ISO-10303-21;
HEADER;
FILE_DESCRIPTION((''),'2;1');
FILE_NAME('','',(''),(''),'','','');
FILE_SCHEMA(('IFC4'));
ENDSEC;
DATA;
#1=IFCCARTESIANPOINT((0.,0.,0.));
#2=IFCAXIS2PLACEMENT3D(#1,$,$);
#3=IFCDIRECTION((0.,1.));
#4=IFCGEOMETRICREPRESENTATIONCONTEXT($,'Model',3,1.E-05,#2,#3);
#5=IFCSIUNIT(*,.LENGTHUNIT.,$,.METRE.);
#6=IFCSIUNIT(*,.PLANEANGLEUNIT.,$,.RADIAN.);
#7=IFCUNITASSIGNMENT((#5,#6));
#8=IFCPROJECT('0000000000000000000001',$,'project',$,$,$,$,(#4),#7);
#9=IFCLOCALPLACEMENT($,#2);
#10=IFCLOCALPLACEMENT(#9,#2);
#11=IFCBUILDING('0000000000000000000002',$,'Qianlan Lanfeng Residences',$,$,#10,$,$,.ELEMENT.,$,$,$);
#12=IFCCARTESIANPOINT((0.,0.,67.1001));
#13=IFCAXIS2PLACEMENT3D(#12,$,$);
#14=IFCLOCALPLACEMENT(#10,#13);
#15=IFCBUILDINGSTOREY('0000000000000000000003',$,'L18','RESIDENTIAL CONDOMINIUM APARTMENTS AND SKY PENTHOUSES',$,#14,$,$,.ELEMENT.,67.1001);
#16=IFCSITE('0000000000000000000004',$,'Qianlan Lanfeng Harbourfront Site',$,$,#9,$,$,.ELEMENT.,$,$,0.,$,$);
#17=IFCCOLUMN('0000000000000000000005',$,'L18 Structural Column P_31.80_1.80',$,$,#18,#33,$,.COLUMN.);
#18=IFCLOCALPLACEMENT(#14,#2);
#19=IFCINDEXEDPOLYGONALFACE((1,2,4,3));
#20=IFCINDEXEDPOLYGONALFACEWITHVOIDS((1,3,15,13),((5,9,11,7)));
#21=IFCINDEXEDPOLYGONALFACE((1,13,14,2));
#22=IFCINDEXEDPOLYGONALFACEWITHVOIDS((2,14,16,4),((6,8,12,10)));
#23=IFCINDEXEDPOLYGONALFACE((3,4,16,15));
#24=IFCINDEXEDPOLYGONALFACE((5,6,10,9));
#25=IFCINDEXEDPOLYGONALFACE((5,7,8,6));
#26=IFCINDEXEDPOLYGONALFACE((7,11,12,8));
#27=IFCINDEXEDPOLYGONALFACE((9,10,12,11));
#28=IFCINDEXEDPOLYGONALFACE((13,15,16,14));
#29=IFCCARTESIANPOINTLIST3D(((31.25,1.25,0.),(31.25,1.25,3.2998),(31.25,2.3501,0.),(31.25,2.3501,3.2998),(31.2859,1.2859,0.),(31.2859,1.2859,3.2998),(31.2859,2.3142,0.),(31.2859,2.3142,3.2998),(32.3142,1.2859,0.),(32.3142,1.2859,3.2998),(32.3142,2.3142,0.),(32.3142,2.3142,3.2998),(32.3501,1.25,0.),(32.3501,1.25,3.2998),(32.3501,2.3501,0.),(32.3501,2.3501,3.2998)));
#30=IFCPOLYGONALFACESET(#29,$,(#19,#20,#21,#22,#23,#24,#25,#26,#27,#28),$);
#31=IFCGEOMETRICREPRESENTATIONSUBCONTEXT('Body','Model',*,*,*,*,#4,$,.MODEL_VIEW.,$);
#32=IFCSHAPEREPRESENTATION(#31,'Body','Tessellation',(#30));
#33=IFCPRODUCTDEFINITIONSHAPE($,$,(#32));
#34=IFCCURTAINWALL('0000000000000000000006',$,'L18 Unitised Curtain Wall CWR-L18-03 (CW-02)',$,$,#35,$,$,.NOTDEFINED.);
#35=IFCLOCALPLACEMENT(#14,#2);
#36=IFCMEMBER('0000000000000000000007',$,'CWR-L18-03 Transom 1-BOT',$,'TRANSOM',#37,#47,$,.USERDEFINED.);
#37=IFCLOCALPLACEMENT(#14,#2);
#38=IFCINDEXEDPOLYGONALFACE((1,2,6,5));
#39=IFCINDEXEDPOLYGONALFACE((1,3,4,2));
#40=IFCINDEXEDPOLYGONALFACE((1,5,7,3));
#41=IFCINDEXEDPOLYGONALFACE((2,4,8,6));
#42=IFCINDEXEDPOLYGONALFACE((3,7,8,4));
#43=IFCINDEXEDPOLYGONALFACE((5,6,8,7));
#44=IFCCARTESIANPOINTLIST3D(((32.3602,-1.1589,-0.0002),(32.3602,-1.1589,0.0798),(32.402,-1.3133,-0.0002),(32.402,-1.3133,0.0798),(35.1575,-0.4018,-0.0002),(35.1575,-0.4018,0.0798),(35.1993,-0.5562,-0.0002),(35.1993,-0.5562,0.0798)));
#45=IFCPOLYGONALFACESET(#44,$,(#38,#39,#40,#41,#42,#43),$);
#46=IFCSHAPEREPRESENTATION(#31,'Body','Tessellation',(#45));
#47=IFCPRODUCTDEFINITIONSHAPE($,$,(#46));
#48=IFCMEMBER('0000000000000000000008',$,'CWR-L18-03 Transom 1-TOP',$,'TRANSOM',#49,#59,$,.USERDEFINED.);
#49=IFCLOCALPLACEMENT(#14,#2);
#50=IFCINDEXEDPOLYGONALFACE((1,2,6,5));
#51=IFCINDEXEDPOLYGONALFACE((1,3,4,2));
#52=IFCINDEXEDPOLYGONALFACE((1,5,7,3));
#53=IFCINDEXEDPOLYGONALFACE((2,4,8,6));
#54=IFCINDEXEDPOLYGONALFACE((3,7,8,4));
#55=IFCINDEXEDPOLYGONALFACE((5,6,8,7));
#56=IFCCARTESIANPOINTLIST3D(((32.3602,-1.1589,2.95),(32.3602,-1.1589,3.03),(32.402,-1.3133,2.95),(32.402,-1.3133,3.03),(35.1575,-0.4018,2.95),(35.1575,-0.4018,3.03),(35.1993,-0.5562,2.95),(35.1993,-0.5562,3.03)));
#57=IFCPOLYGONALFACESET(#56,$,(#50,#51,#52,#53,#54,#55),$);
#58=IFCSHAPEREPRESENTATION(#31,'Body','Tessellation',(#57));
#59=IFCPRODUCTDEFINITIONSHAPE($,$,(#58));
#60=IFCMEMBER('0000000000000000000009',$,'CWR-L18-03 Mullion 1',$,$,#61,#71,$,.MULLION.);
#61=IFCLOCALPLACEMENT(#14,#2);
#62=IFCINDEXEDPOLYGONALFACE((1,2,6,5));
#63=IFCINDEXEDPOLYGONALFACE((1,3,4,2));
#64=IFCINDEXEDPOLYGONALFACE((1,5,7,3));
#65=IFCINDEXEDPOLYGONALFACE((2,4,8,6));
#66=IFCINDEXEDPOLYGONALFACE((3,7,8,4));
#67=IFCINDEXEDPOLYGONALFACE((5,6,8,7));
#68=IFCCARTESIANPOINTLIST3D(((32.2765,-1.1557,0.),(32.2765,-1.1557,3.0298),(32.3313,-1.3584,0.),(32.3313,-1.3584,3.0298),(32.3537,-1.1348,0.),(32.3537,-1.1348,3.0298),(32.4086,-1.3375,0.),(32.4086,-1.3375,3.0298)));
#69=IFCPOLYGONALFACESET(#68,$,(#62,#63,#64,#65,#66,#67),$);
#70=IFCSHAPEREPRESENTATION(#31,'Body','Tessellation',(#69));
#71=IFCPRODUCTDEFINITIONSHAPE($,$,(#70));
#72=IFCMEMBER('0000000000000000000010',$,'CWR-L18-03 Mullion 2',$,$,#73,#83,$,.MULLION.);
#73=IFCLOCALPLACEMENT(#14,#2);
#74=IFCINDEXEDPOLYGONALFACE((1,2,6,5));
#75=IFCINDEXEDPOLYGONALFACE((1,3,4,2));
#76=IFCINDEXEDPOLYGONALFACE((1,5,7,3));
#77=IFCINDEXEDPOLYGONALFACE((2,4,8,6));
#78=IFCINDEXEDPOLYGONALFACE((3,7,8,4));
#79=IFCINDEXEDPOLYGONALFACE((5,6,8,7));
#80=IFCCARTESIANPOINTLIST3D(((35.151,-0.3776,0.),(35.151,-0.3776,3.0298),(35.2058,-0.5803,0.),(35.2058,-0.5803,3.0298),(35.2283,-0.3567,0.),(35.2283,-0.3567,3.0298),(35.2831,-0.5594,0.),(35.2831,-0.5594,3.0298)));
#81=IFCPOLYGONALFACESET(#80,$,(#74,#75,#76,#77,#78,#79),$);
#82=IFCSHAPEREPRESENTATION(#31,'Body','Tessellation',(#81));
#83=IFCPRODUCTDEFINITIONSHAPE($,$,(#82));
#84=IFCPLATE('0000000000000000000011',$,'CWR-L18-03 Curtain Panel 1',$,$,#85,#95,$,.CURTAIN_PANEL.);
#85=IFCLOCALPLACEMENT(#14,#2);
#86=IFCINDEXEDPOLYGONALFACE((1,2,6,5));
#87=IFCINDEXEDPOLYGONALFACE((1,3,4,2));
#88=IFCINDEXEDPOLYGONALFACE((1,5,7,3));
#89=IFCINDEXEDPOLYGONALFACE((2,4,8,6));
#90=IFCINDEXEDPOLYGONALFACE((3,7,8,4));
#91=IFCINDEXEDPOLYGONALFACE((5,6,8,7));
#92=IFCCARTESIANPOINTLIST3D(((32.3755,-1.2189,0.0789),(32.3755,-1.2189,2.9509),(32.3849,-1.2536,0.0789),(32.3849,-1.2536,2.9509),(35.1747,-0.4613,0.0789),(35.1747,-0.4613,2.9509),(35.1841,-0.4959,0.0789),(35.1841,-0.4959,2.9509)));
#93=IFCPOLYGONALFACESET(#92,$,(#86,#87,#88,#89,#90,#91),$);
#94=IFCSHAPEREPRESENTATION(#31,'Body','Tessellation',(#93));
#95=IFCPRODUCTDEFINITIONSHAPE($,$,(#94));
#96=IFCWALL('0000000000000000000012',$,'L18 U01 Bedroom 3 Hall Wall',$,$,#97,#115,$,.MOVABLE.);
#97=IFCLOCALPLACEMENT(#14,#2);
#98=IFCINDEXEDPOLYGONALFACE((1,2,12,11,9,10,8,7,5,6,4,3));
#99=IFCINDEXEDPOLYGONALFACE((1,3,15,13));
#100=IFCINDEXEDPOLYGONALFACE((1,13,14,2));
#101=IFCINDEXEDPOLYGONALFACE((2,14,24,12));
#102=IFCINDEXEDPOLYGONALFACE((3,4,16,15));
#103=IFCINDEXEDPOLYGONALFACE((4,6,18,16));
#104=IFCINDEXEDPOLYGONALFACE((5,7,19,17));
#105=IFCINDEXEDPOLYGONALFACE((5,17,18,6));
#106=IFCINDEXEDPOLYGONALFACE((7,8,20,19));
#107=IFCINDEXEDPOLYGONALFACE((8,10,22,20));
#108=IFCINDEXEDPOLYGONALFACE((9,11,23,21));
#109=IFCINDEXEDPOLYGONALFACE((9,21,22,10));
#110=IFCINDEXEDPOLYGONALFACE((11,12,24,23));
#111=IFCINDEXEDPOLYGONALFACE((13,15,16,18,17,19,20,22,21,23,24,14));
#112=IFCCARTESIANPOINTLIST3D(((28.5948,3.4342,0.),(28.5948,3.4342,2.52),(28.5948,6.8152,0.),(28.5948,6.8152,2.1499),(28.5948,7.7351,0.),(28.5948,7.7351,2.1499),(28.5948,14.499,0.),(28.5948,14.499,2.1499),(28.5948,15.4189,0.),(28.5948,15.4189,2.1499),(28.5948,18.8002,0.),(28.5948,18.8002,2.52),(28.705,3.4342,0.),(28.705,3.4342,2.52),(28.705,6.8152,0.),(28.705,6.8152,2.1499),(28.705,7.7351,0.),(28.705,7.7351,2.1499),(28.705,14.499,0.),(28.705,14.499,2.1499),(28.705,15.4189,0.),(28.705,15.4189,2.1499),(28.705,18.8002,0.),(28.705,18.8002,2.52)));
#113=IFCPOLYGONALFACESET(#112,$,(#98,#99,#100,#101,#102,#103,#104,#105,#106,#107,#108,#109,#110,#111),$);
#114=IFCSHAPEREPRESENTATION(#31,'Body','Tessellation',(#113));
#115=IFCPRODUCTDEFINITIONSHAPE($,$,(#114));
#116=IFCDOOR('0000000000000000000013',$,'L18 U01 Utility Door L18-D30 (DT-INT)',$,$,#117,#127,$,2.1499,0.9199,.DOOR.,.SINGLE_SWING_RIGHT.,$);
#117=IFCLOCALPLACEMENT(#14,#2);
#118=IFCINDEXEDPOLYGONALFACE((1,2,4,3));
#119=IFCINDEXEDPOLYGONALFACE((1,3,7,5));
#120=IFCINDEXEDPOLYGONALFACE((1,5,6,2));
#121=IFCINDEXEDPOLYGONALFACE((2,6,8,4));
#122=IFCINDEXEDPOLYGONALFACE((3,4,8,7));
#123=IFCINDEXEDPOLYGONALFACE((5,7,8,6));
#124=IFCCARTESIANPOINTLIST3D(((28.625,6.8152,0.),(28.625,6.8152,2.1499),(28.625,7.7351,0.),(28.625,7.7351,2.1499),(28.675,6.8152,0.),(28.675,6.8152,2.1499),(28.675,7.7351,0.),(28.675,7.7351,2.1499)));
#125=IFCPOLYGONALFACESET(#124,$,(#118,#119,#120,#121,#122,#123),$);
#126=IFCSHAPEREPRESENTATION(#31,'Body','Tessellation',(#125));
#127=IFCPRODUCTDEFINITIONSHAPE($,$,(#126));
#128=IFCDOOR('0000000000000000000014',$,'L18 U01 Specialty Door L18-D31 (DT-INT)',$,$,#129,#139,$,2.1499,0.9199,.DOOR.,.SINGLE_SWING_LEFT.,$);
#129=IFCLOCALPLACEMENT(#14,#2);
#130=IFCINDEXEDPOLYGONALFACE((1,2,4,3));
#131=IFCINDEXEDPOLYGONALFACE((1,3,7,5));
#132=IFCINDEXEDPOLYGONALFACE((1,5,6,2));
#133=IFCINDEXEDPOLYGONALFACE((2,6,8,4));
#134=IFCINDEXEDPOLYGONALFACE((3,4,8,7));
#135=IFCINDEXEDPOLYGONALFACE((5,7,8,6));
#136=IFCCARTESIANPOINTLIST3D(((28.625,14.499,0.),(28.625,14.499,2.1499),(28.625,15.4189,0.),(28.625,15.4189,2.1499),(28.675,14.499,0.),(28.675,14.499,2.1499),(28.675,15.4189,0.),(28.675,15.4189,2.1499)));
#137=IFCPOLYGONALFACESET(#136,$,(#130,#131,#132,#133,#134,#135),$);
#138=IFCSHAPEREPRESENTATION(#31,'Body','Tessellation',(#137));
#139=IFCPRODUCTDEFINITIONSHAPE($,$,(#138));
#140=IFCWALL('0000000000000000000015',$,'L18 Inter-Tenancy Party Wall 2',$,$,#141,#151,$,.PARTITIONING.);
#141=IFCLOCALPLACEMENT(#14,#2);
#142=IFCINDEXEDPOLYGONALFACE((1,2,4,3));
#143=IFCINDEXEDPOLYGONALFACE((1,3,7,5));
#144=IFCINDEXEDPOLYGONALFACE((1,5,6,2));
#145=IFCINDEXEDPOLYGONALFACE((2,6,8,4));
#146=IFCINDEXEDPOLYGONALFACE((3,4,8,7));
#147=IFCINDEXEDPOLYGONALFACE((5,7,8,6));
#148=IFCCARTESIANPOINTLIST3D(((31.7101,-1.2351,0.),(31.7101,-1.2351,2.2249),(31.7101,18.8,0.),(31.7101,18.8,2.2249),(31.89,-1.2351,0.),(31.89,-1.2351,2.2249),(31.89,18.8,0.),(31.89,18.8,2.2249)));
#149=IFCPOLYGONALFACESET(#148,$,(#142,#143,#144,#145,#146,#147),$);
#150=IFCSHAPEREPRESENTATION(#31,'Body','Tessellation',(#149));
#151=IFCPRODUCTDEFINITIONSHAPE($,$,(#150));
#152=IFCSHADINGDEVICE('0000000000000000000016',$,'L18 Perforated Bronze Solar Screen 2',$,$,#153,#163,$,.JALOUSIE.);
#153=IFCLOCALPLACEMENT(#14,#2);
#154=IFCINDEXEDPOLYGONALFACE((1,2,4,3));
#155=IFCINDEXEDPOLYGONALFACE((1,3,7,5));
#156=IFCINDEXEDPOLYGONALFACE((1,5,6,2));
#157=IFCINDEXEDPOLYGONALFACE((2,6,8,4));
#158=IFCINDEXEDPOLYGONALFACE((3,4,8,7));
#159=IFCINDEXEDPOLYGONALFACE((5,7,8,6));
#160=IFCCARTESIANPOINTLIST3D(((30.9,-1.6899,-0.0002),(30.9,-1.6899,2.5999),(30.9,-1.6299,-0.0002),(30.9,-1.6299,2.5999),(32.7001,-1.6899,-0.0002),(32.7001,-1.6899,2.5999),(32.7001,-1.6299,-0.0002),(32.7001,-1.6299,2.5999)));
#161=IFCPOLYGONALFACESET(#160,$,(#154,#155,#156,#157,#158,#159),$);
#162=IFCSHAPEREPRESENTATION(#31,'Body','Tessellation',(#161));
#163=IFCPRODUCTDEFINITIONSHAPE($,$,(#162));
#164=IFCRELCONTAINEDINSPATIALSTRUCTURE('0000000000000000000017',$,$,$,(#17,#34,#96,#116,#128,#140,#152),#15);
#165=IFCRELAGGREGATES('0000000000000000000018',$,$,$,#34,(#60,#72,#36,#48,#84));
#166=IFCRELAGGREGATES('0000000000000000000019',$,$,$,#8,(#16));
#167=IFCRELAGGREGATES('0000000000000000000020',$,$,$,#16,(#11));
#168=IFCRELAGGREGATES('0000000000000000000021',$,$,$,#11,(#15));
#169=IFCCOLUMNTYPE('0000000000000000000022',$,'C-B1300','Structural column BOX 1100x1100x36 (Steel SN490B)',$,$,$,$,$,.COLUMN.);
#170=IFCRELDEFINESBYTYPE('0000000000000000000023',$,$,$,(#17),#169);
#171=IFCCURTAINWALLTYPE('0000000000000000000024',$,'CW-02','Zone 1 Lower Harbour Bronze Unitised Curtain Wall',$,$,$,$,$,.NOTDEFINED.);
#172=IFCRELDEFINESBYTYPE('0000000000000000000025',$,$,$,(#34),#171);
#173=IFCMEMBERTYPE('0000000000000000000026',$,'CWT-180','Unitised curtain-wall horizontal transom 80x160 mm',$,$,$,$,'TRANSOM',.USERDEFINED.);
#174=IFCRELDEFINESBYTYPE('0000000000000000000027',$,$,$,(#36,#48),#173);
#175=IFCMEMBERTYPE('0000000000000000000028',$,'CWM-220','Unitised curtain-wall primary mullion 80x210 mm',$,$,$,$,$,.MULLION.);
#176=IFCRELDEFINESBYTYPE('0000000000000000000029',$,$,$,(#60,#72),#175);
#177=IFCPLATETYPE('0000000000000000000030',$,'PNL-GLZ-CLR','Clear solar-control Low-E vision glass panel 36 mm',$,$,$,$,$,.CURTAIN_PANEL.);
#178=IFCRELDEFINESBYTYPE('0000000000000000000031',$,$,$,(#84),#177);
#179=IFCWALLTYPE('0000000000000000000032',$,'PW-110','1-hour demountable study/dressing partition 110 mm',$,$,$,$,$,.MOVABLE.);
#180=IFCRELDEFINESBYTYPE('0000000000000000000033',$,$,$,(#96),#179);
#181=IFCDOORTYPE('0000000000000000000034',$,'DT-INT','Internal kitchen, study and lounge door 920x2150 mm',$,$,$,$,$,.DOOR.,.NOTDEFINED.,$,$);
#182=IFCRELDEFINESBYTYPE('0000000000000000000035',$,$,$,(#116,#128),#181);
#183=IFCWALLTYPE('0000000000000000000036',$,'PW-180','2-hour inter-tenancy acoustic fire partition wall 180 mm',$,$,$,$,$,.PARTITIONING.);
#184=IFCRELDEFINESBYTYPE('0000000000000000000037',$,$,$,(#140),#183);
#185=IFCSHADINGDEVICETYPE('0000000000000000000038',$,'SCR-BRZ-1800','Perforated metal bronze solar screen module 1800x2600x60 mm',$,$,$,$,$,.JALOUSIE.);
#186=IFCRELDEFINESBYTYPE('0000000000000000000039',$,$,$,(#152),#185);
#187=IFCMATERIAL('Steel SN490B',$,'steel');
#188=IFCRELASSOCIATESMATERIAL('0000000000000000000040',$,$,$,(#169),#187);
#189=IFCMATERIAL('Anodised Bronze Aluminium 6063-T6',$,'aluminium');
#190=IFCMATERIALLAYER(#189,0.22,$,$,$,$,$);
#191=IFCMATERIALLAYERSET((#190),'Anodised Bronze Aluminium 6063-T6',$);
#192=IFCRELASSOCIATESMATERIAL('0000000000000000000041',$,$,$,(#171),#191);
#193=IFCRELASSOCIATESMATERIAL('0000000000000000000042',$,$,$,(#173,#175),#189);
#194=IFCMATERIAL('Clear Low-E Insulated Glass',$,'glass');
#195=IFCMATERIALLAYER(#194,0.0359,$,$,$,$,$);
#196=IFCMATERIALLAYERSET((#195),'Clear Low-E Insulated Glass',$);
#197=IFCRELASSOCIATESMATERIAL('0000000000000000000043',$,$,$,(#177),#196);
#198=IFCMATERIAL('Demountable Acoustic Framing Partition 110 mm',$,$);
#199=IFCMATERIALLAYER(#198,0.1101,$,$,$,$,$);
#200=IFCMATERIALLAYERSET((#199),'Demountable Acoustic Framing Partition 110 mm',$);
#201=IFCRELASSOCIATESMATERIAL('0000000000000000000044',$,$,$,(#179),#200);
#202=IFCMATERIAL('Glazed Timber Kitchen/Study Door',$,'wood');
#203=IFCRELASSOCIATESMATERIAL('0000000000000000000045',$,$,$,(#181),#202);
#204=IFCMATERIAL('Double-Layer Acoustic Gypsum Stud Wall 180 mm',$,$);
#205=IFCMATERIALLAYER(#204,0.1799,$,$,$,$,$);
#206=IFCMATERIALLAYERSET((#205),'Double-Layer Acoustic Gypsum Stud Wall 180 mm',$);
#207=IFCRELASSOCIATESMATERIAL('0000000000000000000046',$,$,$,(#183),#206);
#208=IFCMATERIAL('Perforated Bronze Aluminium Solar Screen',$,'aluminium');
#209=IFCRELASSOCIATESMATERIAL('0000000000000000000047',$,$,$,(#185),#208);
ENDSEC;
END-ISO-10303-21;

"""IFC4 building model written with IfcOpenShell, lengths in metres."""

from ifc_helpers import new_model, si_unit, direction, frame, frame_2d, origin, origin_2d, place, context, subcontext, project, spatial, rectangle, hollow_rectangle, extrude, source, transform, mapped, material, layer, layer_set, material_profile, profile_set, type_object, element, fill, aggregate, save


model = new_model("IFC4")

# Units and contexts
model_context = context("Model", 3, precision=1e-05, world=origin(), true_north=direction((0.0, 1.0)))
body_context = subcontext(model_context, "Body", "Model", "MODEL_VIEW")
ifc_project = project(units=[si_unit("LENGTHUNIT", "METRE"), si_unit("PLANEANGLEUNIT", "RADIAN")], contexts=[model_context])

# Site, building, storey
site_placement = place(None, origin())
site = spatial("IfcSite", under=ifc_project, at=site_placement, Name="Qianlan Lanfeng Harbourfront Site", CompositionType="ELEMENT", RefElevation=0.0)
building_placement = place(site_placement, origin())
building = spatial("IfcBuilding", under=site, at=building_placement, Name="Qianlan Lanfeng Residences", CompositionType="ELEMENT")
storey_placement = place(building_placement, frame((0.0, 0.0, 67.1001)))
storey = spatial("IfcBuildingStorey", under=building, at=storey_placement, Name="L18", Description="RESIDENTIAL CONDOMINIUM APARTMENTS AND SKY PENTHOUSES", CompositionType="ELEMENT", Elevation=67.1001)

# Column
ifc_material_1 = material(Name="Steel SN490B", Category="steel")
ifc_material_profile_1 = material_profile(ifc_material_1, hollow_rectangle(XDim=1.1001, YDim=1.1001, WallThickness=0.0359, at=origin_2d()), Name="BOX 1100x1100x36")
ifc_profile_set_1 = profile_set([ifc_material_profile_1], Name="Steel SN490B")
column_type = type_object("IfcColumnType", Name="C-B1300", Description="Structural column BOX 1100x1100x36 (Steel SN490B)", PredefinedType="COLUMN", material=ifc_profile_set_1)
column_placement = place(storey_placement, frame((31.8, 1.8, 0.0), z_axis=(0.0, 0.0, 1.0), x_axis=(1.0, 0.0, 0.0)))
element("IfcColumn", 1, at=column_placement, inside=storey, type_object=column_type, Name="L18 Structural Column P_31.80_1.80", PredefinedType="COLUMN", context=body_context, shape_type="SweptSolid", body=[
    extrude(hollow_rectangle(XDim=1.1001, YDim=1.1001, WallThickness=0.0359, at=origin_2d()), origin(), (0.0, 0.0, 1.0), 3.2998),
])

# Curtain wall, members, plate
ifc_material_2 = material(Name="Anodised Bronze Aluminium 6063-T6", Category="aluminium")
ifc_layer_1 = layer(ifc_material_2, 0.22)
ifc_layer_set_1 = layer_set([ifc_layer_1], Name="Anodised Bronze Aluminium 6063-T6")
curtain_wall_type = type_object("IfcCurtainWallType", Name="CW-02", Description="Zone 1 Lower Harbour Bronze Unitised Curtain Wall", PredefinedType="NOTDEFINED", material=ifc_layer_set_1)
curtain_wall_placement = place(storey_placement, origin())
curtain_wall = element("IfcCurtainWall", 2, at=curtain_wall_placement, inside=storey, type_object=curtain_wall_type, Name="L18 Unitised Curtain Wall CWR-L18-03 (CW-02)", PredefinedType="NOTDEFINED")
ifc_material_profile_2 = material_profile(ifc_material_2, rectangle(XDim=0.0801, YDim=0.1599, at=origin_2d()), Name="ALU TRANSOM 80x160")
ifc_profile_set_2 = profile_set([ifc_material_profile_2], Name="Anodised Bronze Aluminium 6063-T6")
member_type_1 = type_object("IfcMemberType", Name="CWT-180", Description="Unitised curtain-wall horizontal transom 80x160 mm", ElementType="TRANSOM", PredefinedType="USERDEFINED", material=ifc_profile_set_2)
shared_shape_1 = source(origin(), body_context, "Body", "SweptSolid", [
    extrude(rectangle(XDim=0.0801, YDim=0.1599, at=origin_2d()), origin(), (0.0, 0.0, 1.0), 2.8979),
])
member_1_placement = place(storey_placement, frame((32.3811, -1.2361, 0.0398), z_axis=(0.965273, 0.261242, 0.0), x_axis=(0.0, 0.0, 1.0)))
member_1 = element("IfcMember", 3, at=member_1_placement, type_object=member_type_1, Name="CWR-L18-03 Transom 1-BOT", ObjectType="TRANSOM", PredefinedType="USERDEFINED", context=body_context, shape_type="MappedRepresentation", body=[
    mapped(shared_shape_1, transform((0.0, 0.0, 0.0), scale=1.0)),
])
member_2_placement = place(storey_placement, frame((32.3811, -1.2361, 2.99), z_axis=(0.965273, 0.261242, 0.0), x_axis=(0.0, 0.0, 1.0)))
member_2 = element("IfcMember", 4, at=member_2_placement, type_object=member_type_1, Name="CWR-L18-03 Transom 1-TOP", ObjectType="TRANSOM", PredefinedType="USERDEFINED", context=body_context, shape_type="MappedRepresentation", body=[
    mapped(shared_shape_1, transform((0.0, 0.0, 0.0), scale=1.0)),
])
ifc_material_profile_3 = material_profile(ifc_material_2, rectangle(XDim=0.0801, YDim=0.21, at=origin_2d()), Name="ALU MULLION 80x210")
ifc_profile_set_3 = profile_set([ifc_material_profile_3], Name="Anodised Bronze Aluminium 6063-T6")
member_type_2 = type_object("IfcMemberType", Name="CWM-220", Description="Unitised curtain-wall primary mullion 80x210 mm", PredefinedType="MULLION", material=ifc_profile_set_3)
shared_shape_2 = source(origin(), body_context, "Body", "SweptSolid", [
    extrude(rectangle(XDim=0.0801, YDim=0.21, at=origin_2d()), origin(), (0.0, 0.0, 1.0), 3.0298),
])
member_3_placement = place(storey_placement, frame((32.3425, -1.2466, 0.0), z_axis=(0.0, 0.0, 1.0), x_axis=(0.965263, 0.261281, 0.0)))
member_3 = element("IfcMember", 5, at=member_3_placement, type_object=member_type_2, Name="CWR-L18-03 Mullion 1", PredefinedType="MULLION", context=body_context, shape_type="MappedRepresentation", body=[
    mapped(shared_shape_2, transform((0.0, 0.0, 0.0), scale=1.0)),
])
member_4_placement = place(storey_placement, frame((35.217, -0.4685, 0.0), z_axis=(0.0, 0.0, 1.0), x_axis=(0.965263, 0.261281, 0.0)))
member_4 = element("IfcMember", 6, at=member_4_placement, type_object=member_type_2, Name="CWR-L18-03 Mullion 2", PredefinedType="MULLION", context=body_context, shape_type="MappedRepresentation", body=[
    mapped(shared_shape_2, transform((0.0, 0.0, 0.0), scale=1.0)),
])
ifc_material_3 = material(Name="Clear Low-E Insulated Glass", Category="glass")
ifc_layer_2 = layer(ifc_material_3, 0.0359)
ifc_layer_set_2 = layer_set([ifc_layer_2], Name="Clear Low-E Insulated Glass")
plate_type = type_object("IfcPlateType", Name="PNL-GLZ-CLR", Description="Clear solar-control Low-E vision glass panel 36 mm", PredefinedType="CURTAIN_PANEL", material=ifc_layer_set_2)
shared_shape_3 = source(origin(), body_context, "Body", "SweptSolid", [
    extrude(rectangle(XDim=2.8999, YDim=0.0359, at=origin_2d()), origin(), (0.0, 0.0, 1.0), 2.8721),
])
plate_placement = place(storey_placement, frame((33.7798, -0.8574, 0.0789), z_axis=(0.0, 0.0, 1.0), x_axis=(0.965263, 0.261281, 0.0)))
plate = element("IfcPlate", 7, at=plate_placement, type_object=plate_type, Name="CWR-L18-03 Curtain Panel 1", PredefinedType="CURTAIN_PANEL", context=body_context, shape_type="MappedRepresentation", body=[
    mapped(shared_shape_3, transform((0.0, 0.0, 0.0), scale=1.0)),
])
aggregate(curtain_wall, [member_3, member_4, member_1, member_2, plate])

# Wall, openings, doors
ifc_material_4 = material(Name="Demountable Acoustic Framing Partition 110 mm")
ifc_layer_3 = layer(ifc_material_4, 0.1101)
ifc_layer_set_3 = layer_set([ifc_layer_3], Name="Demountable Acoustic Framing Partition 110 mm")
wall_type_1 = type_object("IfcWallType", Name="PW-110", Description="1-hour demountable study/dressing partition 110 mm", PredefinedType="MOVABLE", material=ifc_layer_set_3)
wall_1_placement = place(storey_placement, frame((28.6499, 3.4341, 0.0), z_axis=(0.0, 0.0, 1.0), x_axis=(0.0, 1.0, 0.0)))
wall_1 = element("IfcWall", 8, at=wall_1_placement, inside=storey, type_object=wall_type_1, Name="L18 U01 Bedroom 3 Hall Wall", PredefinedType="MOVABLE", context=body_context, shape_type="SweptSolid", body=[
    extrude(rectangle(XDim=15.366, YDim=0.1101, at=frame_2d((7.6831, 0.0))), origin(), (0.0, 0.0, 1.0), 2.52),
])
opening_1_placement = place(wall_1_placement, frame((3.3811, 0.0, 0.0)))
opening_1 = element("IfcOpeningElement", 9, at=opening_1_placement, cuts=wall_1, PredefinedType="OPENING", context=body_context, shape_type="SweptSolid", body=[
    extrude(rectangle(XDim=0.9199, YDim=2.1499, at=frame_2d((0.46, 1.075))), frame((0.0, 0.0649, 0.0), z_axis=(0.0, -1.0, 0.0), x_axis=(1.0, 0.0, 0.0)), (0.0, 0.0, 1.0), 0.1301),
])
opening_2_placement = place(wall_1_placement, frame((11.0649, 0.0, 0.0)))
opening_2 = element("IfcOpeningElement", 10, at=opening_2_placement, cuts=wall_1, PredefinedType="OPENING", context=body_context, shape_type="SweptSolid", body=[
    extrude(rectangle(XDim=0.9199, YDim=2.1499, at=frame_2d((0.46, 1.075))), frame((0.0, 0.0649, 0.0), z_axis=(0.0, -1.0, 0.0), x_axis=(1.0, 0.0, 0.0)), (0.0, 0.0, 1.0), 0.1301),
])
ifc_material_5 = material(Name="Glazed Timber Kitchen/Study Door", Category="wood")
door_type = type_object("IfcDoorType", Name="DT-INT", Description="Internal kitchen, study and lounge door 920x2150 mm", OperationType="NOTDEFINED", PredefinedType="DOOR", material=ifc_material_5)
door_1_placement = place(opening_1_placement, origin())
door_1 = element("IfcDoor", 11, at=door_1_placement, inside=storey, type_object=door_type, Name="L18 U01 Utility Door L18-D30 (DT-INT)", OperationType="SINGLE_SWING_RIGHT", OverallHeight=2.1499, OverallWidth=0.9199, PredefinedType="DOOR", context=body_context, shape_type="SweptSolid", body=[
    extrude(rectangle(XDim=0.9199, YDim=2.1499, at=frame_2d((0.46, 1.075))), frame((0.0, 0.0249, 0.0), z_axis=(0.0, -1.0, 0.0), x_axis=(1.0, 0.0, 0.0)), (0.0, 0.0, 1.0), 0.05),
])
fill(opening_1, door_1)
door_2_placement = place(opening_2_placement, origin())
door_2 = element("IfcDoor", 12, at=door_2_placement, inside=storey, type_object=door_type, Name="L18 U01 Specialty Door L18-D31 (DT-INT)", OperationType="SINGLE_SWING_LEFT", OverallHeight=2.1499, OverallWidth=0.9199, PredefinedType="DOOR", context=body_context, shape_type="SweptSolid", body=[
    extrude(rectangle(XDim=0.9199, YDim=2.1499, at=frame_2d((0.46, 1.075))), frame((0.0, 0.0249, 0.0), z_axis=(0.0, -1.0, 0.0), x_axis=(1.0, 0.0, 0.0)), (0.0, 0.0, 1.0), 0.05),
])
fill(opening_2, door_2)

# Wall
ifc_material_6 = material(Name="Double-Layer Acoustic Gypsum Stud Wall 180 mm")
ifc_layer_4 = layer(ifc_material_6, 0.1799)
ifc_layer_set_4 = layer_set([ifc_layer_4], Name="Double-Layer Acoustic Gypsum Stud Wall 180 mm")
wall_type_2 = type_object("IfcWallType", Name="PW-180", Description="2-hour inter-tenancy acoustic fire partition wall 180 mm", PredefinedType="PARTITIONING", material=ifc_layer_set_4)
wall_2_placement = place(storey_placement, frame((31.8, -1.2351, 0.0), z_axis=(0.0, 0.0, 1.0), x_axis=(0.0, 1.0, 0.0)))
element("IfcWall", 13, at=wall_2_placement, inside=storey, type_object=wall_type_2, Name="L18 Inter-Tenancy Party Wall 2", PredefinedType="PARTITIONING", context=body_context, shape_type="SweptSolid", body=[
    extrude(rectangle(XDim=20.0352, YDim=0.1799, at=frame_2d((10.0176, 0.0))), origin(), (0.0, 0.0, 1.0), 2.2249),
])

# Shading device
ifc_material_7 = material(Name="Perforated Bronze Aluminium Solar Screen", Category="aluminium")
shading_device_type = type_object("IfcShadingDeviceType", Name="SCR-BRZ-1800", Description="Perforated metal bronze solar screen module 1800x2600x60 mm", PredefinedType="JALOUSIE", material=ifc_material_7)
shared_shape_4 = source(origin(), body_context, "Body", "SweptSolid", [
    extrude(rectangle(XDim=1.8, YDim=0.0601, at=origin_2d()), origin(), (0.0, 0.0, 1.0), 2.6001),
])
shading_device_placement = place(storey_placement, frame((31.8, -1.6599, -0.0002), z_axis=(0.0, 0.0, 1.0), x_axis=(1.0, 0.0, 0.0)))
element("IfcShadingDevice", 14, at=shading_device_placement, inside=storey, type_object=shading_device_type, Name="L18 Perforated Bronze Solar Screen 2", PredefinedType="JALOUSIE", context=body_context, shape_type="MappedRepresentation", body=[
    mapped(shared_shape_4, transform((0.0, 0.0, 0.0), scale=1.0)),
])

save(model, "model.ifc")
